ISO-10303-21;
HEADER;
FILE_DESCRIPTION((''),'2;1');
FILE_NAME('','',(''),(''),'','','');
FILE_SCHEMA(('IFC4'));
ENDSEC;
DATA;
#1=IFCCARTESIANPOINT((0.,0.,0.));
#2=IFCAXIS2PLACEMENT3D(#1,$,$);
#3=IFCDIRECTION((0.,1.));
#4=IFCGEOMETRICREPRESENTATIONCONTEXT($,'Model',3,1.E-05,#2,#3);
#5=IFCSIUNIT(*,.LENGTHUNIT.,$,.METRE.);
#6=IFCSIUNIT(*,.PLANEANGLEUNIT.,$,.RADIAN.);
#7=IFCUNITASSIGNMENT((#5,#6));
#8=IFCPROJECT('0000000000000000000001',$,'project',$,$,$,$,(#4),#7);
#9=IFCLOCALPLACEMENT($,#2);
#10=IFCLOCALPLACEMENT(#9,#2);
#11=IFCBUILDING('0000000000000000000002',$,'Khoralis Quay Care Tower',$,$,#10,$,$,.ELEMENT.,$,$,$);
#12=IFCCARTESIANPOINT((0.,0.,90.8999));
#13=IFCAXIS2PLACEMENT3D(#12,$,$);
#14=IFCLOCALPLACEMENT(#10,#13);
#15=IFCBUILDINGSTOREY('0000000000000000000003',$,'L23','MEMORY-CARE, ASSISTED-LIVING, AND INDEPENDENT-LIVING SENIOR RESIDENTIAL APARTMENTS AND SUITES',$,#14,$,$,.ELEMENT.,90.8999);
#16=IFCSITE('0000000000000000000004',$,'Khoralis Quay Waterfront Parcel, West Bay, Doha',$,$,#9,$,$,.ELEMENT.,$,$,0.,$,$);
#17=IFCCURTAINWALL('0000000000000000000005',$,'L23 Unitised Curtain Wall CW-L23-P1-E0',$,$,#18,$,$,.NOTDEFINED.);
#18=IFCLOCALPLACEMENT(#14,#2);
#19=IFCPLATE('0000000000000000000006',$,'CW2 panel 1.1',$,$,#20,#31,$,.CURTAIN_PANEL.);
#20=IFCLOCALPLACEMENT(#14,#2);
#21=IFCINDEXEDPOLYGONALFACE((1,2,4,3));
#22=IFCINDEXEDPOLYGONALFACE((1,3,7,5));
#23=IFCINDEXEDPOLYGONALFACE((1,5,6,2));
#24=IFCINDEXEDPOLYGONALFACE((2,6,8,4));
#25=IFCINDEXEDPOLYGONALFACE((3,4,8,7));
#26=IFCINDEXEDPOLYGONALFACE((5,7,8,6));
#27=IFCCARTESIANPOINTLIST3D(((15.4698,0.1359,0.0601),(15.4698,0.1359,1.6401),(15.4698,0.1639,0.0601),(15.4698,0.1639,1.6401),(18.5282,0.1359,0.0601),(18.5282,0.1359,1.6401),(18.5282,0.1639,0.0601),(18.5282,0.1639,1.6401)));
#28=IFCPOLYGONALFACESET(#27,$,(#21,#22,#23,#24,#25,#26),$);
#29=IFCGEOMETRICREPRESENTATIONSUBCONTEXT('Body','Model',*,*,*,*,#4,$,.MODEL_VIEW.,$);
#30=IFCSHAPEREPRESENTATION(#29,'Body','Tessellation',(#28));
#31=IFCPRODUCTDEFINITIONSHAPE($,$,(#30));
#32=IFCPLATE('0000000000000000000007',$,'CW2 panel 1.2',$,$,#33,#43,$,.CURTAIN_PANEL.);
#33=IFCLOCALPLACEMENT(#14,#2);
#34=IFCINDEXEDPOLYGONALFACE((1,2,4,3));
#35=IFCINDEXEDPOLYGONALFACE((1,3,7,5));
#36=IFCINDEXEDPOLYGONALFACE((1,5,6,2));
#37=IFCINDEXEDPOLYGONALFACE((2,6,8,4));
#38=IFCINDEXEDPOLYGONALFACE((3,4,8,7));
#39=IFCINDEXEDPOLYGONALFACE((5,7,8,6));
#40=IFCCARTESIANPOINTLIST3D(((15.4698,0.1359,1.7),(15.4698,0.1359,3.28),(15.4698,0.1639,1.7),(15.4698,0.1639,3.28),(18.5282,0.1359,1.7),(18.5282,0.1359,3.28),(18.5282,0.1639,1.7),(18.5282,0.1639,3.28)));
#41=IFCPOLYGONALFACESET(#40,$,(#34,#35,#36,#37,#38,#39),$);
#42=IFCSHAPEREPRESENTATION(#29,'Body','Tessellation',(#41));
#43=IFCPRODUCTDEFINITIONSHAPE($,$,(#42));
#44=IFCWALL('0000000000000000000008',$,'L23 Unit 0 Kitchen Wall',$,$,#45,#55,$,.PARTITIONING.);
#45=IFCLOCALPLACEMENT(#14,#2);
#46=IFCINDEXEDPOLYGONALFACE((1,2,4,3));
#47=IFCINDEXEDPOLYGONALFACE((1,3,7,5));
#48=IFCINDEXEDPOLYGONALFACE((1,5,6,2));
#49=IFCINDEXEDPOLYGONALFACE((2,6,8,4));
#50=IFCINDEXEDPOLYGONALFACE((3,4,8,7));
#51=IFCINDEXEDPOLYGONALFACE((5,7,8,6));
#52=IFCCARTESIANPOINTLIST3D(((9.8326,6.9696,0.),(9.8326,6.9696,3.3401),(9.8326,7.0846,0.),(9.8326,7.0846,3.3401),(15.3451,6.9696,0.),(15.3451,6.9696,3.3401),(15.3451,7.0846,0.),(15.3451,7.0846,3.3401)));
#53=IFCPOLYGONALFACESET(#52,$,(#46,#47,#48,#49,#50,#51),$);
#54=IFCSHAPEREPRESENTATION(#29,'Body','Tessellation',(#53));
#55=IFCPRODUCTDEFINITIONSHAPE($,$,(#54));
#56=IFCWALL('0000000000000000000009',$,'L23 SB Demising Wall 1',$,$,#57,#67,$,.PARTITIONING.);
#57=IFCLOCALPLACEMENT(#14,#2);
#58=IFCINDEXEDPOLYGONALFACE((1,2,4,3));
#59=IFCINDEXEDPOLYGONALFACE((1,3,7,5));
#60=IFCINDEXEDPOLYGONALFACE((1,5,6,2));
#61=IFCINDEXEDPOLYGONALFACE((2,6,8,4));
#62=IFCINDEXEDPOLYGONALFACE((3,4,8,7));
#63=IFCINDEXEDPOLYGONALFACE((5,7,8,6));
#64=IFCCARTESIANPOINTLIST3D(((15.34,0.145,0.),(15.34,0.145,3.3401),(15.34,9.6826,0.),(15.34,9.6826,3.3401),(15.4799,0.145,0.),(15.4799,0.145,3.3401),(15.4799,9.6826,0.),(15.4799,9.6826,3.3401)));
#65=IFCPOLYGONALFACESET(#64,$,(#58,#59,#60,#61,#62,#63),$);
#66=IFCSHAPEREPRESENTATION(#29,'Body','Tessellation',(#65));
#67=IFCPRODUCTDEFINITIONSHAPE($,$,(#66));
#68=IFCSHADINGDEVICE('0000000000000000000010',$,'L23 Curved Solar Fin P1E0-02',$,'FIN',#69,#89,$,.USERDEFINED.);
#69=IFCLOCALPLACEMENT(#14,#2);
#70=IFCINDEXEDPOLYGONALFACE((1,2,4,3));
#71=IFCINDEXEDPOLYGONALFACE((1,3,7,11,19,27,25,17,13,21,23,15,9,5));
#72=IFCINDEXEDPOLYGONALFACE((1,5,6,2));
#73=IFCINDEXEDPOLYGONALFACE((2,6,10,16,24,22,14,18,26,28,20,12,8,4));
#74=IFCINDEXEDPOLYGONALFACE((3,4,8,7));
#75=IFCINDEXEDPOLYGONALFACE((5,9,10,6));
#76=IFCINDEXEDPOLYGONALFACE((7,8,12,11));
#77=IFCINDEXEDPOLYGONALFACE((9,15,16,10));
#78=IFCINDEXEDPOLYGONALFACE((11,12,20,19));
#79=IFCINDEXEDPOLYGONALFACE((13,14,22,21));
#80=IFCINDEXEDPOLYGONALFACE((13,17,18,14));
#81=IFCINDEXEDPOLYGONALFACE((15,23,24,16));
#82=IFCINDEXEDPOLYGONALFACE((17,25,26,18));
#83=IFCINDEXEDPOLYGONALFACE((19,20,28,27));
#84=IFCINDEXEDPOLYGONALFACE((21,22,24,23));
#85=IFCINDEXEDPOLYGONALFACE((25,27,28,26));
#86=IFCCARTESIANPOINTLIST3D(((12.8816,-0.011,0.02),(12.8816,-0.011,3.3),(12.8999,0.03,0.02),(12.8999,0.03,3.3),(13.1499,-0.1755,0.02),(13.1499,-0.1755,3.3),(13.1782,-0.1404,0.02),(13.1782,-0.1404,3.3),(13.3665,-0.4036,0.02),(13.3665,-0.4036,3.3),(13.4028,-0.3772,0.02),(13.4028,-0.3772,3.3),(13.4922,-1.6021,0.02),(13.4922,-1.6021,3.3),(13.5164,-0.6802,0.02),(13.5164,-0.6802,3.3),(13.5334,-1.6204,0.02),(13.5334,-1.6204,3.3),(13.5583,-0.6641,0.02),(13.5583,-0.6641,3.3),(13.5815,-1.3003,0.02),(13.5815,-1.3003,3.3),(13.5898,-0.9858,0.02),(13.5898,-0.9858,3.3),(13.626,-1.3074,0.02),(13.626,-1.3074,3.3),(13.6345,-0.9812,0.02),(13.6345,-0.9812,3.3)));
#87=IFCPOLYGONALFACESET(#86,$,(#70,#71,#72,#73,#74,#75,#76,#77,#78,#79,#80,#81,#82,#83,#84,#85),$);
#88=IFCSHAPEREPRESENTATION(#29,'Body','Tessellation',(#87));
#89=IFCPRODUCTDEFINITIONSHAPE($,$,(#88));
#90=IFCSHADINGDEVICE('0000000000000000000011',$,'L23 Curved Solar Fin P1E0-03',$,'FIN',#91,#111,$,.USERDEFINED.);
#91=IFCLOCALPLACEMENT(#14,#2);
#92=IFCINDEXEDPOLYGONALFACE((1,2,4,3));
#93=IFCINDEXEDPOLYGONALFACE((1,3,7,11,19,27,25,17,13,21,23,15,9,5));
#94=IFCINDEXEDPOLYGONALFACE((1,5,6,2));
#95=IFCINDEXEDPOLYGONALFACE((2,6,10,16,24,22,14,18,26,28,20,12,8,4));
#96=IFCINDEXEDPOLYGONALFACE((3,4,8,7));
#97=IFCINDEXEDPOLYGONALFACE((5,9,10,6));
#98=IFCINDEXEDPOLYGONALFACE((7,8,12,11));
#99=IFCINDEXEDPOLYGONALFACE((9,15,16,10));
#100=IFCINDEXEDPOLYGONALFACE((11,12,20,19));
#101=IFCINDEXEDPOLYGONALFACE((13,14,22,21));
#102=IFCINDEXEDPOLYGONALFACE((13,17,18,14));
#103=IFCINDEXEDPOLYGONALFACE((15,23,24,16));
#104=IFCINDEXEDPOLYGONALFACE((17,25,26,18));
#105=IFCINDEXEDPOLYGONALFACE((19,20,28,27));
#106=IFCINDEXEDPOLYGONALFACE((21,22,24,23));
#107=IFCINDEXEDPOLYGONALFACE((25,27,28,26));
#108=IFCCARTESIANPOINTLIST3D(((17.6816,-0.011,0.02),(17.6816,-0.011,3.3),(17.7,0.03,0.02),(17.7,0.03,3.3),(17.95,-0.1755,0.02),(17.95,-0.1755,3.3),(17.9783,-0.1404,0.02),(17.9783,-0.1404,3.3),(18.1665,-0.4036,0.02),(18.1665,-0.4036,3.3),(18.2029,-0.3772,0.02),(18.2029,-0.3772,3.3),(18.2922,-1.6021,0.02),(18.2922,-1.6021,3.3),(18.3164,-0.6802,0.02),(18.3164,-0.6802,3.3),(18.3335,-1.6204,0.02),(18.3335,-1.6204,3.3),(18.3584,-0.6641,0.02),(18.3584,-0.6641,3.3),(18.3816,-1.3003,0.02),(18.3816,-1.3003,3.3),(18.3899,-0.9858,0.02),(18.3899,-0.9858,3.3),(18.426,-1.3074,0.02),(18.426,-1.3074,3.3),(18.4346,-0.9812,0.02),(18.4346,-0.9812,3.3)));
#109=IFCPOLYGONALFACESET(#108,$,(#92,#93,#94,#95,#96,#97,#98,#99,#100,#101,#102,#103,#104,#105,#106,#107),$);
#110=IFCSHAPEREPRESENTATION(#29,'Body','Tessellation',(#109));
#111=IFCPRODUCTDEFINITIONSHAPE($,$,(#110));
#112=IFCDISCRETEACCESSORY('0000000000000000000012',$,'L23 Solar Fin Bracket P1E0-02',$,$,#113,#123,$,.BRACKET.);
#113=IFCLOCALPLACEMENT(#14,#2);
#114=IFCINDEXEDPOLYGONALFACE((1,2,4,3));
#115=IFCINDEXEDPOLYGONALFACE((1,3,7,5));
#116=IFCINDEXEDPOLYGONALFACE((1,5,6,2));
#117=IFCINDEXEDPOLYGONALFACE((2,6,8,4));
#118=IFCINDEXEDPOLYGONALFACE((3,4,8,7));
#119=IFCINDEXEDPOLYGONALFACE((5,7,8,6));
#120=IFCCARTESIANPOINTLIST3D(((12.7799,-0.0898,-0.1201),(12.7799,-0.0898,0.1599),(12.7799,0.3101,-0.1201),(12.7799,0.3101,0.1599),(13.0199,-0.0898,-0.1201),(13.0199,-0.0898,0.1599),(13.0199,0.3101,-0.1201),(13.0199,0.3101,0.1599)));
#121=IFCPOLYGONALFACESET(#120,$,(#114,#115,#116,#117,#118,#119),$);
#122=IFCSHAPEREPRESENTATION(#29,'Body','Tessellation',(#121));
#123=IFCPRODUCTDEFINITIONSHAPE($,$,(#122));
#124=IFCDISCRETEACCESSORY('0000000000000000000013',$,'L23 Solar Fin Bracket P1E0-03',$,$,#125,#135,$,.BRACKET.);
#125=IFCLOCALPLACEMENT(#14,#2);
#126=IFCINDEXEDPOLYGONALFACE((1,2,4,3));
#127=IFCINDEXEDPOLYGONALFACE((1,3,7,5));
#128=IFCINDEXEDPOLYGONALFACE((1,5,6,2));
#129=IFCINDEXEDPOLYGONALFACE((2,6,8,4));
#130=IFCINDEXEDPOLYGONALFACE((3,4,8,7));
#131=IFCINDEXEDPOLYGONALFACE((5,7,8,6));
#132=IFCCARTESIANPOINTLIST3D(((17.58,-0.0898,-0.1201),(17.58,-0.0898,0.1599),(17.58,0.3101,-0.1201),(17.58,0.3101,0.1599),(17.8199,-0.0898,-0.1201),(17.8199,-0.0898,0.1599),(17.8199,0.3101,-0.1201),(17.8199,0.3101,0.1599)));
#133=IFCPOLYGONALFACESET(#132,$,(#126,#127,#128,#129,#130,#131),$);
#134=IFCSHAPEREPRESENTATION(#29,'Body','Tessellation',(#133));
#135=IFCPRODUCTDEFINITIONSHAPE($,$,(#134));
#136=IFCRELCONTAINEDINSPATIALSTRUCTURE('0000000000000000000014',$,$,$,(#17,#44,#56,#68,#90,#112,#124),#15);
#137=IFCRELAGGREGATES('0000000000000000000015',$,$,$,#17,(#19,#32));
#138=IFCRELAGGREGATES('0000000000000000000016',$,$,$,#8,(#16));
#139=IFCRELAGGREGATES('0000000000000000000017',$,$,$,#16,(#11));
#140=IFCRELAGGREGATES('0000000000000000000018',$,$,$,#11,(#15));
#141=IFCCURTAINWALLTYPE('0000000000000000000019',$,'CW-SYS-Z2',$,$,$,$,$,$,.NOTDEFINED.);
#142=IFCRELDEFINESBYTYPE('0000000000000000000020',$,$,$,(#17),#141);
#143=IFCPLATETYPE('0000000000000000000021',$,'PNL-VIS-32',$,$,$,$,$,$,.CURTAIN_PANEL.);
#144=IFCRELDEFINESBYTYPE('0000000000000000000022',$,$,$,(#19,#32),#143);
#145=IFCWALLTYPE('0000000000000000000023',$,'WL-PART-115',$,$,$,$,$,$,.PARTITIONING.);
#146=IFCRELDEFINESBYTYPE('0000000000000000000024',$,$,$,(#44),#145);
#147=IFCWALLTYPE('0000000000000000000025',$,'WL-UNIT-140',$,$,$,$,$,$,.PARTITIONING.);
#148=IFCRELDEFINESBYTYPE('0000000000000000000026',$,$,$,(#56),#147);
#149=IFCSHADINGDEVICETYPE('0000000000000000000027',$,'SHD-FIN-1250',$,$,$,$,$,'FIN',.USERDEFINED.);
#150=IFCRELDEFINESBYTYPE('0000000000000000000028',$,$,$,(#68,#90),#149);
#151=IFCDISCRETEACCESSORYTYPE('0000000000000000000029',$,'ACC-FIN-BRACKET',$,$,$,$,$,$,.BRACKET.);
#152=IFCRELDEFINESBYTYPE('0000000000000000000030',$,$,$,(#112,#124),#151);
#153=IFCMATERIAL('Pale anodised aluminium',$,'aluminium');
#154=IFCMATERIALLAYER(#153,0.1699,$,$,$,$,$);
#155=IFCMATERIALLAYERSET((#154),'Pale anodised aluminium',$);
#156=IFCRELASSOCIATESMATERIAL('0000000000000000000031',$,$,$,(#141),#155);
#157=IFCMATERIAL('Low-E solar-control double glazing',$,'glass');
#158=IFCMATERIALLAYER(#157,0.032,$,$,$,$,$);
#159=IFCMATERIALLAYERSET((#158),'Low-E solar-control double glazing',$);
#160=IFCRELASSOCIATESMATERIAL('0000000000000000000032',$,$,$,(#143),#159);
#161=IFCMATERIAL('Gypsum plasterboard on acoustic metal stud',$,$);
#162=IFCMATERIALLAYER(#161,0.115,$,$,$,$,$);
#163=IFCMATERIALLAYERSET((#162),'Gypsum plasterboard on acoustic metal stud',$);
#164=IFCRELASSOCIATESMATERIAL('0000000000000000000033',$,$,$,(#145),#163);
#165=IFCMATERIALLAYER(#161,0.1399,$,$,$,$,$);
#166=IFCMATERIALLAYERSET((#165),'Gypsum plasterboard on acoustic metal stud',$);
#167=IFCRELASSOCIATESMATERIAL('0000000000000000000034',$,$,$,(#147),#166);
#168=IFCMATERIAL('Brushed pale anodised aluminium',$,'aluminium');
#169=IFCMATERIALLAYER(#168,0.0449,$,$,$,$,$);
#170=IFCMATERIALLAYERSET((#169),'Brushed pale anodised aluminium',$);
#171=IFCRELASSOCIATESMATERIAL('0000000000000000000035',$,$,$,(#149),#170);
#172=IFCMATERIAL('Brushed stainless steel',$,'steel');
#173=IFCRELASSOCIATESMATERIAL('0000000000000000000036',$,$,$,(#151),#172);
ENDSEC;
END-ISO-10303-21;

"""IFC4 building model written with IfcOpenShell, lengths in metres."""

from ifc_helpers import new_model, si_unit, direction, frame, frame_2d, origin, origin_2d, place, context, subcontext, project, spatial, polyline, rectangle, outline, extrude, source, transform, mapped, material, layer, layer_set, type_object, element, aggregate, save


model = new_model("IFC4")

# Units and contexts
model_context = context("Model", 3, precision=1e-05, world=origin(), true_north=direction((0.0, 1.0)))
body_context = subcontext(model_context, "Body", "Model", "MODEL_VIEW")
ifc_project = project(units=[si_unit("LENGTHUNIT", "METRE"), si_unit("PLANEANGLEUNIT", "RADIAN")], contexts=[model_context])

# Site, building, storey
site_placement = place(None, origin())
site = spatial("IfcSite", under=ifc_project, at=site_placement, Name="Khoralis Quay Waterfront Parcel, West Bay, Doha", CompositionType="ELEMENT", RefElevation=0.0)
building_placement = place(site_placement, origin())
building = spatial("IfcBuilding", under=site, at=building_placement, Name="Khoralis Quay Care Tower", CompositionType="ELEMENT")
storey_placement = place(building_placement, frame((0.0, 0.0, 90.8999)))
storey = spatial("IfcBuildingStorey", under=building, at=storey_placement, Name="L23", Description="MEMORY-CARE, ASSISTED-LIVING, AND INDEPENDENT-LIVING SENIOR RESIDENTIAL APARTMENTS AND SUITES", CompositionType="ELEMENT", Elevation=90.8999)

# Curtain wall, plates
ifc_material_1 = material(Name="Pale anodised aluminium", Category="aluminium")
ifc_layer_1 = layer(ifc_material_1, 0.1699)
ifc_layer_set_1 = layer_set([ifc_layer_1], Name="Pale anodised aluminium")
curtain_wall_type = type_object("IfcCurtainWallType", Name="CW-SYS-Z2", PredefinedType="NOTDEFINED", material=ifc_layer_set_1)
curtain_wall_placement = place(storey_placement, origin())
curtain_wall = element("IfcCurtainWall", 1, at=curtain_wall_placement, inside=storey, type_object=curtain_wall_type, Name="L23 Unitised Curtain Wall CW-L23-P1-E0", PredefinedType="NOTDEFINED")
ifc_material_2 = material(Name="Low-E solar-control double glazing", Category="glass")
ifc_layer_2 = layer(ifc_material_2, 0.032)
ifc_layer_set_2 = layer_set([ifc_layer_2], Name="Low-E solar-control double glazing")
plate_type = type_object("IfcPlateType", Name="PNL-VIS-32", PredefinedType="CURTAIN_PANEL", material=ifc_layer_set_2)
shared_shape_1 = source(origin(), body_context, "Body", "SweptSolid", [
    extrude(rectangle(XDim=3.0583, YDim=0.0281, at=origin_2d()), origin(), (0.0, 0.0, 1.0), 1.5801),
])
plate_1_placement = place(storey_placement, frame((16.999, 0.1499, 0.0601), z_axis=(0.0, 0.0, 1.0), x_axis=(1.0, 0.0, 0.0)))
plate_1 = element("IfcPlate", 2, at=plate_1_placement, type_object=plate_type, Name="CW2 panel 1.1", PredefinedType="CURTAIN_PANEL", context=body_context, shape_type="MappedRepresentation", body=[
    mapped(shared_shape_1, transform((0.0, 0.0, 0.0), scale=1.0)),
])
plate_2_placement = place(storey_placement, frame((16.999, 0.1499, 1.7), z_axis=(0.0, 0.0, 1.0), x_axis=(1.0, 0.0, 0.0)))
plate_2 = element("IfcPlate", 3, at=plate_2_placement, type_object=plate_type, Name="CW2 panel 1.2", PredefinedType="CURTAIN_PANEL", context=body_context, shape_type="MappedRepresentation", body=[
    mapped(shared_shape_1, transform((0.0, 0.0, 0.0), scale=1.0)),
])
aggregate(curtain_wall, [plate_1, plate_2])

# Walls
ifc_material_3 = material(Name="Gypsum plasterboard on acoustic metal stud")
ifc_layer_3 = layer(ifc_material_3, 0.115)
ifc_layer_set_3 = layer_set([ifc_layer_3], Name="Gypsum plasterboard on acoustic metal stud")
wall_type_1 = type_object("IfcWallType", Name="WL-PART-115", PredefinedType="PARTITIONING", material=ifc_layer_set_3)
wall_1_placement = place(storey_placement, frame((9.8325, 7.0271, 0.0), z_axis=(0.0, 0.0, 1.0), x_axis=(1.0, 0.0, 0.0)))
element("IfcWall", 4, at=wall_1_placement, inside=storey, type_object=wall_type_1, Name="L23 Unit 0 Kitchen Wall", PredefinedType="PARTITIONING", context=body_context, shape_type="SweptSolid", body=[
    extrude(rectangle(XDim=5.5125, YDim=0.115, at=frame_2d((2.7563, 0.0))), origin(), (0.0, 0.0, 1.0), 3.3401),
])
ifc_layer_4 = layer(ifc_material_3, 0.1399)
ifc_layer_set_4 = layer_set([ifc_layer_4], Name="Gypsum plasterboard on acoustic metal stud")
wall_type_2 = type_object("IfcWallType", Name="WL-UNIT-140", PredefinedType="PARTITIONING", material=ifc_layer_set_4)
wall_2_placement = place(storey_placement, frame((15.4099, 0.145, 0.0), z_axis=(0.0, 0.0, 1.0), x_axis=(0.0, 1.0, 0.0)))
element("IfcWall", 5, at=wall_2_placement, inside=storey, type_object=wall_type_2, Name="L23 SB Demising Wall 1", PredefinedType="PARTITIONING", context=body_context, shape_type="SweptSolid", body=[
    extrude(rectangle(XDim=9.5376, YDim=0.1399, at=frame_2d((4.7688, 0.0))), origin(), (0.0, 0.0, 1.0), 3.3401),
])

# Shading devices
ifc_material_4 = material(Name="Brushed pale anodised aluminium", Category="aluminium")
ifc_layer_5 = layer(ifc_material_4, 0.0449)
ifc_layer_set_5 = layer_set([ifc_layer_5], Name="Brushed pale anodised aluminium")
shading_device_type = type_object("IfcShadingDeviceType", Name="SHD-FIN-1250", ElementType="FIN", PredefinedType="USERDEFINED", material=ifc_layer_set_5)
shared_shape_2 = source(origin(), body_context, "Body", "SweptSolid", [
    extrude(outline(polyline([(0.0, 0.0), (0.1704, 0.2783), (0.4072, 0.5029), (0.6941, 0.6584), (1.0112, 0.7346), (1.3374, 0.7261), (1.6504, 0.6335), (1.6321, 0.5923), (1.3303, 0.6816), (1.0159, 0.6899), (0.7102, 0.6165), (0.4336, 0.4666), (0.2056, 0.25), (0.041, -0.0183), (0.0, 0.0)])), origin(), (0.0, 0.0, 1.0), 3.28),
])
for number, where, z_axis, x_axis, name in (
    (6, (12.8999, 0.03, 0.02), (0.0, 0.0, 1.0), (0.0, -1.0, 0.0), "L23 Curved Solar Fin P1E0-02"),
    (7, (17.7, 0.03, 0.02), (0.0, 0.0, 1.0), (0.0, -1.0, 0.0), "L23 Curved Solar Fin P1E0-03"),
):
    element("IfcShadingDevice", number, at=place(storey_placement, frame(where, z_axis=z_axis, x_axis=x_axis)), inside=storey, type_object=shading_device_type, Name=name, ObjectType="FIN", PredefinedType="USERDEFINED", context=body_context, shape_type="MappedRepresentation", body=[
        mapped(shared_shape_2, transform((0.0, 0.0, 0.0), scale=1.0)),
    ])

# Discrete accessories
ifc_material_5 = material(Name="Brushed stainless steel", Category="steel")
discrete_accessory_type = type_object("IfcDiscreteAccessoryType", Name="ACC-FIN-BRACKET", PredefinedType="BRACKET", material=ifc_material_5)
shared_shape_3 = source(origin(), body_context, "Body", "SweptSolid", [
    extrude(rectangle(XDim=0.3999, YDim=0.24, at=origin_2d()), origin(), (0.0, 0.0, 1.0), 0.28),
])
for number, where, z_axis, x_axis, name in (
    (8, (12.8999, 0.1101, -0.1201), (0.0, 0.0, 1.0), (0.0, -1.0, 0.0), "L23 Solar Fin Bracket P1E0-02"),
    (9, (17.7, 0.1101, -0.1201), (0.0, 0.0, 1.0), (0.0, -1.0, 0.0), "L23 Solar Fin Bracket P1E0-03"),
):
    element("IfcDiscreteAccessory", number, at=place(storey_placement, frame(where, z_axis=z_axis, x_axis=x_axis)), inside=storey, type_object=discrete_accessory_type, Name=name, PredefinedType="BRACKET", context=body_context, shape_type="MappedRepresentation", body=[
        mapped(shared_shape_3, transform((0.0, 0.0, 0.0), scale=1.0)),
    ])

save(model, "model.ifc")
